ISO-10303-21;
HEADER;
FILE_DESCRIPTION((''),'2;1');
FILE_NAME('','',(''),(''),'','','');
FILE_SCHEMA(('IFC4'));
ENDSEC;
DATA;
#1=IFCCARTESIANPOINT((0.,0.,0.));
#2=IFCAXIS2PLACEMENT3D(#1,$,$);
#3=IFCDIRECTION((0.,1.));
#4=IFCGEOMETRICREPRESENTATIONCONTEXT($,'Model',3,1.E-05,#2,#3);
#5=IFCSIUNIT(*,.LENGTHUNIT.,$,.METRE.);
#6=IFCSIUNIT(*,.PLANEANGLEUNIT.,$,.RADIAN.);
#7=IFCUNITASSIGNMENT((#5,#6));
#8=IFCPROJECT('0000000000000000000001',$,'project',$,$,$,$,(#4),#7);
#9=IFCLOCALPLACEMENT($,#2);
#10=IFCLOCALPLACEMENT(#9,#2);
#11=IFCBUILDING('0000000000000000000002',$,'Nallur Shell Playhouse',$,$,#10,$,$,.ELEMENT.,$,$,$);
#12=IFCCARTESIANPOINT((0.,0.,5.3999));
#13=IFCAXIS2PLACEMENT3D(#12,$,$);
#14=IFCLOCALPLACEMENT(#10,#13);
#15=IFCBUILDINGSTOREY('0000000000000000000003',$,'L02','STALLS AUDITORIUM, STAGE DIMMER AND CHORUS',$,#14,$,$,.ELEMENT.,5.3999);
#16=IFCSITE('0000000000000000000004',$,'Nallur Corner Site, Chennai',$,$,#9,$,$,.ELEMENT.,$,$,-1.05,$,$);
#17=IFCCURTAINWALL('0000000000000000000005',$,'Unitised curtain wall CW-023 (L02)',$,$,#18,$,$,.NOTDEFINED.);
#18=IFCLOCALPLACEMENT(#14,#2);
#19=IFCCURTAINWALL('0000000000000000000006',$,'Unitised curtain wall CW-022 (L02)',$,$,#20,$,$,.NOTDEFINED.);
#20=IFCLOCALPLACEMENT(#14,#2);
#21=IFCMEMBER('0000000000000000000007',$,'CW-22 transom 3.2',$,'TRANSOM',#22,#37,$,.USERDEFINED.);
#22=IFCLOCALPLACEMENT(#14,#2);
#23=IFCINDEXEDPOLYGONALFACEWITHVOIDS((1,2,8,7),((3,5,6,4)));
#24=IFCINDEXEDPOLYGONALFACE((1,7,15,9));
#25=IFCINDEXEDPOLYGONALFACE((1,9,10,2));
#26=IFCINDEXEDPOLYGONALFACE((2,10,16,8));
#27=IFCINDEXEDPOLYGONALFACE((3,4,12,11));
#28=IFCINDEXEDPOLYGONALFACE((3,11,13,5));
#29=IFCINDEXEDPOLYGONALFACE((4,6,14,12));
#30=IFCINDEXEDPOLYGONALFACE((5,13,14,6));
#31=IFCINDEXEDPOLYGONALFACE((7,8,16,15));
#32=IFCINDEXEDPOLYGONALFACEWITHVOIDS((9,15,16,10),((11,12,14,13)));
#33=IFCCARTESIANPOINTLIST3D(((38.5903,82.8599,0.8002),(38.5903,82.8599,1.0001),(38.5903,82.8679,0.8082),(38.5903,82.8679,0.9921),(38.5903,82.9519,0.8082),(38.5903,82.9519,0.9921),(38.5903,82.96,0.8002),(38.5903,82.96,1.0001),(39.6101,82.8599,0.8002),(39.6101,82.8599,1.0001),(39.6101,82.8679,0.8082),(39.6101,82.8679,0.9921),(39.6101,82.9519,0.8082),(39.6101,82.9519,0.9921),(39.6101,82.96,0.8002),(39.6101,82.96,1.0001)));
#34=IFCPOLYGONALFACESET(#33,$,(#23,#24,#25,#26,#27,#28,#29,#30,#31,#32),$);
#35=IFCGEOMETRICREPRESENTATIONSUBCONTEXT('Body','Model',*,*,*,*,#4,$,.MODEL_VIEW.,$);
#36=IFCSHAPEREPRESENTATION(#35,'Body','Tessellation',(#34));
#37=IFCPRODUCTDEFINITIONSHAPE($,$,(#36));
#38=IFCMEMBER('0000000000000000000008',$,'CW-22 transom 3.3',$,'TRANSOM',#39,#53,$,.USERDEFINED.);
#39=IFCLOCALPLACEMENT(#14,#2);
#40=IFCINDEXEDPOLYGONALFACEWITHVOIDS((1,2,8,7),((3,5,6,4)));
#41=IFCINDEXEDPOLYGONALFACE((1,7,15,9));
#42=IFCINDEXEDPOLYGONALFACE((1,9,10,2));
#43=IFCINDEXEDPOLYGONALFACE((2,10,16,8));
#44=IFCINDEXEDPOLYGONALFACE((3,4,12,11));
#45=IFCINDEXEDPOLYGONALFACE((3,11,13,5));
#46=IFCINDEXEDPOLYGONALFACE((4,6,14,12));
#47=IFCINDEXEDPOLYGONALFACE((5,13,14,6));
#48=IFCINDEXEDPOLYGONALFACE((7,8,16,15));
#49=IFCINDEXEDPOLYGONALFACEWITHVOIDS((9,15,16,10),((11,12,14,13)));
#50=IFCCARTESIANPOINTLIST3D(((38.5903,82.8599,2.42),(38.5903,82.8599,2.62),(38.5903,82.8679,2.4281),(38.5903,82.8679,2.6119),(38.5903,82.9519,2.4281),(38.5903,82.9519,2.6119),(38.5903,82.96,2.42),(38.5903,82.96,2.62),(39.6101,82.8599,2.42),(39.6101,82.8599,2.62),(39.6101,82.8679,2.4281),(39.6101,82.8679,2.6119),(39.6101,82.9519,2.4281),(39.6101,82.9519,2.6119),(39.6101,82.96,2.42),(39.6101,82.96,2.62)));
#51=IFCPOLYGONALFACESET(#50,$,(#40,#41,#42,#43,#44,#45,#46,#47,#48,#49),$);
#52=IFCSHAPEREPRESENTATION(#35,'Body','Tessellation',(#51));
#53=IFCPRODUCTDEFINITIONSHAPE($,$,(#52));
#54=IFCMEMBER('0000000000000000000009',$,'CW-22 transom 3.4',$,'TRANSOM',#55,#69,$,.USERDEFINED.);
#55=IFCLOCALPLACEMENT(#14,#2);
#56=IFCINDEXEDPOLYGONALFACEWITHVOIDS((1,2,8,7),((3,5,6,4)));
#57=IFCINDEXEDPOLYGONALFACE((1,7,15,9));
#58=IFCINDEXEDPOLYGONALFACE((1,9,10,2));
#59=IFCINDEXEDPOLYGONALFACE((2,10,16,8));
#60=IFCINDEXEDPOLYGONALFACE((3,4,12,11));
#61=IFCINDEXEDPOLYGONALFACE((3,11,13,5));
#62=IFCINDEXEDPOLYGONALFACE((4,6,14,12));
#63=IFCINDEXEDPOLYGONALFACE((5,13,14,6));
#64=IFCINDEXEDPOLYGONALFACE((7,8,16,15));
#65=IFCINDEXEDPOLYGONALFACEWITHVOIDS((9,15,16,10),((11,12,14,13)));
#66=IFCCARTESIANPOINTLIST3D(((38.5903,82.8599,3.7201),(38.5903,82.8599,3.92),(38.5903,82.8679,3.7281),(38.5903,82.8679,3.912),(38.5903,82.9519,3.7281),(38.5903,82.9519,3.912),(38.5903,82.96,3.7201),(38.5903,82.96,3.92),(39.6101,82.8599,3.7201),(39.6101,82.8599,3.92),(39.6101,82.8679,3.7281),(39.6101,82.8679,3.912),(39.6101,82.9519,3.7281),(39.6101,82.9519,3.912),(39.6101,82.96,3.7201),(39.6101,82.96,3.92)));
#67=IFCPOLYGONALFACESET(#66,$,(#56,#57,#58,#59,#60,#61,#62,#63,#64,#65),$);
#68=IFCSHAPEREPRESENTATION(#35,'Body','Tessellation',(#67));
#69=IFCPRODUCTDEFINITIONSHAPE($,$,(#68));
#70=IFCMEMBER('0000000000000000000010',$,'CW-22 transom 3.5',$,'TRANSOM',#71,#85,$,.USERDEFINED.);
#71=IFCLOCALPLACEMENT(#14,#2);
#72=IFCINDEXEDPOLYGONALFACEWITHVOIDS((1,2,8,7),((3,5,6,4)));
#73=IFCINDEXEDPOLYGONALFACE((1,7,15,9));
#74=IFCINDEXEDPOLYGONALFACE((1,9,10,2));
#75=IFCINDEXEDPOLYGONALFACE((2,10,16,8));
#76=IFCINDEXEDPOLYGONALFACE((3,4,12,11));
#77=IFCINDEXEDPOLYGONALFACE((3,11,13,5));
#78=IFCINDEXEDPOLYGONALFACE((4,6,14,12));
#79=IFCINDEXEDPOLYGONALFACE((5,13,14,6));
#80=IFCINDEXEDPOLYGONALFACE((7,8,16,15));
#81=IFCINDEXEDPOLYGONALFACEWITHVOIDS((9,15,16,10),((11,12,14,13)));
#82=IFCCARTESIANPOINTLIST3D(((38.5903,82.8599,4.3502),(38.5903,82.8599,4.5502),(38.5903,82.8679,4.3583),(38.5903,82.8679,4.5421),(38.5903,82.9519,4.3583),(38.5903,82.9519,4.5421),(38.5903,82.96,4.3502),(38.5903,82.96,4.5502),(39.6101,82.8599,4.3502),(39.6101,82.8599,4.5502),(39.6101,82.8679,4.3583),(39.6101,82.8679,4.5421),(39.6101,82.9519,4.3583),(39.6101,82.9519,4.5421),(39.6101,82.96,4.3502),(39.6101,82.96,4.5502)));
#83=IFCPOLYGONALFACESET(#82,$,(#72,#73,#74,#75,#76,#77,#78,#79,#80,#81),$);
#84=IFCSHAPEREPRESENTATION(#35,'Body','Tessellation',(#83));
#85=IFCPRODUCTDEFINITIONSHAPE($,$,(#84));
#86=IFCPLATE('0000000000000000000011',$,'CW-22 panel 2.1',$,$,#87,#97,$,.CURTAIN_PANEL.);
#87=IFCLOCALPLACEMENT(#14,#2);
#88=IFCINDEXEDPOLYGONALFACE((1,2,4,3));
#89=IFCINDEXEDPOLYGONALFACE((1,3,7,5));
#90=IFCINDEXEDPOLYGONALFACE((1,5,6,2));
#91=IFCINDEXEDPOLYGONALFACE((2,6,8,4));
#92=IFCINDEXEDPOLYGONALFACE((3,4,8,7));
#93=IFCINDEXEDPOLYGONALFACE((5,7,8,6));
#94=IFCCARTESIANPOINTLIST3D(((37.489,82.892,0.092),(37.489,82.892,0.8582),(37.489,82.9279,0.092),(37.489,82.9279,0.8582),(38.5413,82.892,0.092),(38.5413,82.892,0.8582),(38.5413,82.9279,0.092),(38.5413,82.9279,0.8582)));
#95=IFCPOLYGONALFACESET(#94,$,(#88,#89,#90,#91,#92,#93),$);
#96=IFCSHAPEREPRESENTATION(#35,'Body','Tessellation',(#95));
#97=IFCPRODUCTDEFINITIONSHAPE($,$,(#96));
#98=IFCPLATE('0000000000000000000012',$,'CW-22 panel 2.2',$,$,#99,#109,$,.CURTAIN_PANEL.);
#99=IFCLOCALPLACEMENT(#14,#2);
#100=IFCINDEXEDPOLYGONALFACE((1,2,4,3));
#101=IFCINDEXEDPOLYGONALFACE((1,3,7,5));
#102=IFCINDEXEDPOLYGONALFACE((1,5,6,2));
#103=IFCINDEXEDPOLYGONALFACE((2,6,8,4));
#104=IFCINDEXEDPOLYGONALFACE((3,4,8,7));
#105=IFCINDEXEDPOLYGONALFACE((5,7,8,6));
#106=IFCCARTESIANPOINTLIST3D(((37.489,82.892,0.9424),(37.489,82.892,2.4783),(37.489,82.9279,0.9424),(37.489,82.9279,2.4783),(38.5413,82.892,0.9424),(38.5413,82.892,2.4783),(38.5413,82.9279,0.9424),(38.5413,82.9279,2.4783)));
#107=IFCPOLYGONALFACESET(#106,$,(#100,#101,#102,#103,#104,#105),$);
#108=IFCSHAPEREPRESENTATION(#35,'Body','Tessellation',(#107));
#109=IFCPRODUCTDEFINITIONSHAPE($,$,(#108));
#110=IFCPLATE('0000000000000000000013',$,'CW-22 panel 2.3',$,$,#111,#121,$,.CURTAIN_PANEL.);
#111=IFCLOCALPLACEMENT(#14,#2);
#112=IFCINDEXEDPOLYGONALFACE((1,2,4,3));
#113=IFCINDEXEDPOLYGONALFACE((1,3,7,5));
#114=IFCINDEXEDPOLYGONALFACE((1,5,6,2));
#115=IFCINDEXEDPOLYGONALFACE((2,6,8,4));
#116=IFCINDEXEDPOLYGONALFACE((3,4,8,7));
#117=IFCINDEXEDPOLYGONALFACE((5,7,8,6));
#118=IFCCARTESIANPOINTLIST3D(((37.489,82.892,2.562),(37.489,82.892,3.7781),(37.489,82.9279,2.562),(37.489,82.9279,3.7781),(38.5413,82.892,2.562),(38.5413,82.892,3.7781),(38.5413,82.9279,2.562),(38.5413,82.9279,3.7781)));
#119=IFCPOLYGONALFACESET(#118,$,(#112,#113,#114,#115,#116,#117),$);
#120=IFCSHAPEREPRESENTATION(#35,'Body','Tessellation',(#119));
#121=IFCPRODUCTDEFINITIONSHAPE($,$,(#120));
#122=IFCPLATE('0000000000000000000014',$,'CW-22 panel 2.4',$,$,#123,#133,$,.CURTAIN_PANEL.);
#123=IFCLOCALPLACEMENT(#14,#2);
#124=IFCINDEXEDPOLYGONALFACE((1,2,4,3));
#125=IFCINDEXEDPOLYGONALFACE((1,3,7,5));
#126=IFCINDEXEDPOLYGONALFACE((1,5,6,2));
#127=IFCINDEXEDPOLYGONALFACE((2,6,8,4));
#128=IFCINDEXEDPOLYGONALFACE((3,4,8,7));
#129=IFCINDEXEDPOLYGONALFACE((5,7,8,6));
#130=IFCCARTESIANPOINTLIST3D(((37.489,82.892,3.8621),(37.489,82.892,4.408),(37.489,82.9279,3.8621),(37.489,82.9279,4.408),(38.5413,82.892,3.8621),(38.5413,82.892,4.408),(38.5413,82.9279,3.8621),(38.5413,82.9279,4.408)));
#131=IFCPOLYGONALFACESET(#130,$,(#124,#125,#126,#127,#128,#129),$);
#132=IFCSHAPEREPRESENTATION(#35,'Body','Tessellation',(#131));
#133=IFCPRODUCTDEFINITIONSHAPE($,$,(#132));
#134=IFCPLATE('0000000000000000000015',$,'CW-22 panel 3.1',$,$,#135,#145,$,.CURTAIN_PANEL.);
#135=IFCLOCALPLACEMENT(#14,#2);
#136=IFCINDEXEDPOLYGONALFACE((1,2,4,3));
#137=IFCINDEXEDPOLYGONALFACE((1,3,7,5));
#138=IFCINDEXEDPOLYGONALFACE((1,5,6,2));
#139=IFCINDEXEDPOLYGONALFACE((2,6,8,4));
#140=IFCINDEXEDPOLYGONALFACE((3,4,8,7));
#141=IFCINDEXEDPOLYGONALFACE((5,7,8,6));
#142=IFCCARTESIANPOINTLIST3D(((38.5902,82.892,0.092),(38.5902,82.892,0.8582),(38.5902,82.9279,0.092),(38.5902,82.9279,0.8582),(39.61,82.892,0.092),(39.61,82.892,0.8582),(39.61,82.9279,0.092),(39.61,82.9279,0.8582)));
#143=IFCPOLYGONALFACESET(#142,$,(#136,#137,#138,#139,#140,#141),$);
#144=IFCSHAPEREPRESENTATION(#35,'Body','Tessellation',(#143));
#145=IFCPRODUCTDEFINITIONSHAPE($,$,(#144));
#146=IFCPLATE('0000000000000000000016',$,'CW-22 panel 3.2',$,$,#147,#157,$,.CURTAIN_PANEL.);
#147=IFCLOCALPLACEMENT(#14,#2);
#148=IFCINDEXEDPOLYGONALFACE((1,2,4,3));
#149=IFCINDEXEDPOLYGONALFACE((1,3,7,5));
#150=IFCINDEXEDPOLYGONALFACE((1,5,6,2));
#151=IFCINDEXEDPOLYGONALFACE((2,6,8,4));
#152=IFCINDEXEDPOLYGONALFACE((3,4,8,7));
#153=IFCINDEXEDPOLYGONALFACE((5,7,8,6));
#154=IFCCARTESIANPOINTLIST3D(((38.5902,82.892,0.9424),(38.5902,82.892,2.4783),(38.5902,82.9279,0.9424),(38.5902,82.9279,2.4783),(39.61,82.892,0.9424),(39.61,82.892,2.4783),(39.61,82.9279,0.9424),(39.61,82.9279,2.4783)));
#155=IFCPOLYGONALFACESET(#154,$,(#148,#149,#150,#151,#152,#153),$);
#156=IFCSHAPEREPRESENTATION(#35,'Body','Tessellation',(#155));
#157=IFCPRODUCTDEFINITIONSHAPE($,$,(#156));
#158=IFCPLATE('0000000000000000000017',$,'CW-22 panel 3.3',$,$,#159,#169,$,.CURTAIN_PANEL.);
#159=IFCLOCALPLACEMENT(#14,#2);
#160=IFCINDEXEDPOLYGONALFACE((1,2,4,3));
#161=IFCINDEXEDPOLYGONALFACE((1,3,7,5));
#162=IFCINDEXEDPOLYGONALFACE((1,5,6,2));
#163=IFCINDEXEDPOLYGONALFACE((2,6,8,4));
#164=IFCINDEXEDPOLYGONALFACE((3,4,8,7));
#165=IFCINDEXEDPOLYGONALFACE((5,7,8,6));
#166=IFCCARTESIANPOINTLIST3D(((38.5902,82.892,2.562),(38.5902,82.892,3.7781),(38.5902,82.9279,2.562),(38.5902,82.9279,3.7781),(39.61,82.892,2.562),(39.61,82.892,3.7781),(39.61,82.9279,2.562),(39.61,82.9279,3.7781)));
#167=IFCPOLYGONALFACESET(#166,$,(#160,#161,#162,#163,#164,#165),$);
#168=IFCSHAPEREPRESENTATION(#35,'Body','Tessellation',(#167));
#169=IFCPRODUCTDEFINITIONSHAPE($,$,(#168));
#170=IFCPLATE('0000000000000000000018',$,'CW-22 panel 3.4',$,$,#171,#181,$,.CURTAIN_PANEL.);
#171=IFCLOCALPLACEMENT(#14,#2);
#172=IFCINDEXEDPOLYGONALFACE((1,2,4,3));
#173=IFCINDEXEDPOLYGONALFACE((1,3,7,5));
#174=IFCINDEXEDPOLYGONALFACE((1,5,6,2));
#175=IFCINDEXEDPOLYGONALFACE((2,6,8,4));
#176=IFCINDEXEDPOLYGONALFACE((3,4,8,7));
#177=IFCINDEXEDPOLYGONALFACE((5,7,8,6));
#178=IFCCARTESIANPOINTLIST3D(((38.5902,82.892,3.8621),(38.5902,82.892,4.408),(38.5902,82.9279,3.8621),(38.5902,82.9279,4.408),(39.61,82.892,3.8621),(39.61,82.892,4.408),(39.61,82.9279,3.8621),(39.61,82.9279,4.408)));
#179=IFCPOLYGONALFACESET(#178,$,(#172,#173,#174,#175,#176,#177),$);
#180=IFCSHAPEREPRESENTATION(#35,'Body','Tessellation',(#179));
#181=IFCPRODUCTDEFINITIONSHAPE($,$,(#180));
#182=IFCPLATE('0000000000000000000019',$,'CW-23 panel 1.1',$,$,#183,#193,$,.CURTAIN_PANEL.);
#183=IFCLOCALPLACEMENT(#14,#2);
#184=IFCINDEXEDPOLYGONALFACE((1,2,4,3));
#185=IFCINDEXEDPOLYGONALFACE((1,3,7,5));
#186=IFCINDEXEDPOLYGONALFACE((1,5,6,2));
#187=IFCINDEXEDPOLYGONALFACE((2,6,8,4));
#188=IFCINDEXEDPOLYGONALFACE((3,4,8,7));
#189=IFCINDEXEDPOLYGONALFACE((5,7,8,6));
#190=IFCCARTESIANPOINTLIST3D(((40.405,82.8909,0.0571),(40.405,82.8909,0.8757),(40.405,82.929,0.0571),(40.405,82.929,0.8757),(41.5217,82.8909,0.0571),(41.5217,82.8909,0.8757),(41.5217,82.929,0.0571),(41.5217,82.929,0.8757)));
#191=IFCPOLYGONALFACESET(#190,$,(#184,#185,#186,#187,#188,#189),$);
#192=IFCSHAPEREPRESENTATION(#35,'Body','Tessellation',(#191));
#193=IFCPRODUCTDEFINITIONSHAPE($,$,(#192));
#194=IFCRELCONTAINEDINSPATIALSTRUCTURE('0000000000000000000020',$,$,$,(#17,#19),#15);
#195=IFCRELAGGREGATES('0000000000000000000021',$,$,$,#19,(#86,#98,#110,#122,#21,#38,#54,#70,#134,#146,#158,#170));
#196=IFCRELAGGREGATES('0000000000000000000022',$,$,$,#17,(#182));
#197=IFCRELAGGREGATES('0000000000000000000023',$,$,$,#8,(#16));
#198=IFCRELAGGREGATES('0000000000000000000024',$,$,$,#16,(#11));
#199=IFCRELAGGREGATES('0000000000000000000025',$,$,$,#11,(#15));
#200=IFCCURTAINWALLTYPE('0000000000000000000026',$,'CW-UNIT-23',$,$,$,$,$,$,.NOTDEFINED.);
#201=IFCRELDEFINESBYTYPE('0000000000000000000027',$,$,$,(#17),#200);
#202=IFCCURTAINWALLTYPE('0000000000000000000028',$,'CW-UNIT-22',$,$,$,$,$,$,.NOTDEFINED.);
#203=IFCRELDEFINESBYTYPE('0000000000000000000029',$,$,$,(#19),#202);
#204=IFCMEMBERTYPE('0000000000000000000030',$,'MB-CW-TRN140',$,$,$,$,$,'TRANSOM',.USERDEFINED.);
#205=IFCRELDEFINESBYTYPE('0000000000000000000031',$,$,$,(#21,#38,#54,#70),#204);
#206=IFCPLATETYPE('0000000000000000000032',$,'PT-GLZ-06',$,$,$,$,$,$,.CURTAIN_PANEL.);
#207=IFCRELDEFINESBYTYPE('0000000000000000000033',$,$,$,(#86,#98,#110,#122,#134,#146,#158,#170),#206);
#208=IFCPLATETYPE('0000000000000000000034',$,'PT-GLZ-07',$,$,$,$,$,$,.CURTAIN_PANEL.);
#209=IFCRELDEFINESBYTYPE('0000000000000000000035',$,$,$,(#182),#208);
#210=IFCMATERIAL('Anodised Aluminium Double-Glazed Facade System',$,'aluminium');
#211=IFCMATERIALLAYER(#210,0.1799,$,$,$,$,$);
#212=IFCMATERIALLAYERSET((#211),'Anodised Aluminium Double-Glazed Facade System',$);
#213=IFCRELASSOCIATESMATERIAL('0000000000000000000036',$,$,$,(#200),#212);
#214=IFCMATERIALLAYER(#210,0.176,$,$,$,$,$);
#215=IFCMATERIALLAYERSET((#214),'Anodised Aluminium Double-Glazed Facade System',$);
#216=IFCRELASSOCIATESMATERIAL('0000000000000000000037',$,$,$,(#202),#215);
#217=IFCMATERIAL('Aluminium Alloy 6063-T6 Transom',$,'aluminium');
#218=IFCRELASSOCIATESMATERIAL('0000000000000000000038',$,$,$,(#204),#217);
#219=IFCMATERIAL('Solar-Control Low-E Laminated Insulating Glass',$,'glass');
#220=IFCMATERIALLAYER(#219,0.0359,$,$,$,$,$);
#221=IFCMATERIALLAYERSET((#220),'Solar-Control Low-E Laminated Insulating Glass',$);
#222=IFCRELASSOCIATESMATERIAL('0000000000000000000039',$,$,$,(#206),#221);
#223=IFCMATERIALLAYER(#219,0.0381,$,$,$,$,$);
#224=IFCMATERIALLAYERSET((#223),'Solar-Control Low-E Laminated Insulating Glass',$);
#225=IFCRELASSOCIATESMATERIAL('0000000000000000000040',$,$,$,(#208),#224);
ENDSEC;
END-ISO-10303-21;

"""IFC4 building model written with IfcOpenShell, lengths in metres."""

from ifc_helpers import new_model, si_unit, direction, frame, origin, origin_2d, place, context, subcontext, project, spatial, rectangle, hollow_rectangle, extrude, material, layer, layer_set, material_profile, profile_set, type_object, element, aggregate, save


model = new_model("IFC4")

# Units and contexts
model_context = context("Model", 3, precision=1e-05, world=origin(), true_north=direction((0.0, 1.0)))
body_context = subcontext(model_context, "Body", "Model", "MODEL_VIEW")
ifc_project = project(units=[si_unit("LENGTHUNIT", "METRE"), si_unit("PLANEANGLEUNIT", "RADIAN")], contexts=[model_context])

# Site, building, storey
site_placement = place(None, origin())
site = spatial("IfcSite", under=ifc_project, at=site_placement, Name="Nallur Corner Site, Chennai", CompositionType="ELEMENT", RefElevation=-1.05)
building_placement = place(site_placement, origin())
building = spatial("IfcBuilding", under=site, at=building_placement, Name="Nallur Shell Playhouse", CompositionType="ELEMENT")
storey_placement = place(building_placement, frame((0.0, 0.0, 5.3999)))
storey = spatial("IfcBuildingStorey", under=building, at=storey_placement, Name="L02", Description="STALLS AUDITORIUM, STAGE DIMMER AND CHORUS", CompositionType="ELEMENT", Elevation=5.3999)

# Curtain walls
ifc_material_1 = material(Name="Anodised Aluminium Double-Glazed Facade System", Category="aluminium")
ifc_layer_1 = layer(ifc_material_1, 0.1799)
ifc_layer_set_1 = layer_set([ifc_layer_1], Name="Anodised Aluminium Double-Glazed Facade System")
curtain_wall_type_1 = type_object("IfcCurtainWallType", Name="CW-UNIT-23", PredefinedType="NOTDEFINED", material=ifc_layer_set_1)
curtain_wall_1_placement = place(storey_placement, origin())
curtain_wall_1 = element("IfcCurtainWall", 1, at=curtain_wall_1_placement, inside=storey, type_object=curtain_wall_type_1, Name="Unitised curtain wall CW-023 (L02)", PredefinedType="NOTDEFINED")
ifc_layer_2 = layer(ifc_material_1, 0.176)
ifc_layer_set_2 = layer_set([ifc_layer_2], Name="Anodised Aluminium Double-Glazed Facade System")
curtain_wall_type_2 = type_object("IfcCurtainWallType", Name="CW-UNIT-22", PredefinedType="NOTDEFINED", material=ifc_layer_set_2)
curtain_wall_2_placement = place(storey_placement, origin())
curtain_wall_2 = element("IfcCurtainWall", 2, at=curtain_wall_2_placement, inside=storey, type_object=curtain_wall_type_2, Name="Unitised curtain wall CW-022 (L02)", PredefinedType="NOTDEFINED")

# Members
ifc_material_2 = material(Name="Aluminium Alloy 6063-T6 Transom", Category="aluminium")
ifc_material_profile_1 = material_profile(ifc_material_2, hollow_rectangle(XDim=0.1001, YDim=0.2, WallThickness=0.0081, at=origin_2d()), Name="RHS 200x100x8")
ifc_profile_set_1 = profile_set([ifc_material_profile_1], Name="Aluminium Alloy 6063-T6 Transom")
member_type_1 = type_object("IfcMemberType", Name="MB-CW-TRN140", ElementType="TRANSOM", PredefinedType="USERDEFINED", material=ifc_profile_set_1)
member_1_placement = place(storey_placement, frame((38.5903, 82.9099, 0.9001), z_axis=(1.0, 0.0, 0.0), x_axis=(0.0, 1.0, 0.0)))
member_1 = element("IfcMember", 3, at=member_1_placement, type_object=member_type_1, Name="CW-22 transom 3.2", ObjectType="TRANSOM", PredefinedType="USERDEFINED", context=body_context, shape_type="SweptSolid", body=[
    extrude(hollow_rectangle(XDim=0.1001, YDim=0.2, WallThickness=0.0081, at=origin_2d()), origin(), (0.0, 0.0, 1.0), 1.0198),
])
member_2_placement = place(storey_placement, frame((38.5903, 82.9099, 2.52), z_axis=(1.0, 0.0, 0.0), x_axis=(0.0, 1.0, 0.0)))
member_2 = element("IfcMember", 4, at=member_2_placement, type_object=member_type_1, Name="CW-22 transom 3.3", ObjectType="TRANSOM", PredefinedType="USERDEFINED", context=body_context, shape_type="SweptSolid", body=[
    extrude(hollow_rectangle(XDim=0.1001, YDim=0.2, WallThickness=0.0081, at=origin_2d()), origin(), (0.0, 0.0, 1.0), 1.0198),
])
member_3_placement = place(storey_placement, frame((38.5903, 82.9099, 3.8201), z_axis=(1.0, 0.0, 0.0), x_axis=(0.0, 1.0, 0.0)))
member_3 = element("IfcMember", 5, at=member_3_placement, type_object=member_type_1, Name="CW-22 transom 3.4", ObjectType="TRANSOM", PredefinedType="USERDEFINED", context=body_context, shape_type="SweptSolid", body=[
    extrude(hollow_rectangle(XDim=0.1001, YDim=0.2, WallThickness=0.0081, at=origin_2d()), origin(), (0.0, 0.0, 1.0), 1.0198),
])
member_4_placement = place(storey_placement, frame((38.5903, 82.9099, 4.4502), z_axis=(1.0, 0.0, 0.0), x_axis=(0.0, 1.0, 0.0)))
member_4 = element("IfcMember", 6, at=member_4_placement, type_object=member_type_1, Name="CW-22 transom 3.5", ObjectType="TRANSOM", PredefinedType="USERDEFINED", context=body_context, shape_type="SweptSolid", body=[
    extrude(hollow_rectangle(XDim=0.1001, YDim=0.2, WallThickness=0.0081, at=origin_2d()), origin(), (0.0, 0.0, 1.0), 1.0198),
])

# Plates
ifc_material_3 = material(Name="Solar-Control Low-E Laminated Insulating Glass", Category="glass")
ifc_layer_3 = layer(ifc_material_3, 0.0359)
ifc_layer_set_3 = layer_set([ifc_layer_3], Name="Solar-Control Low-E Laminated Insulating Glass")
plate_type_1 = type_object("IfcPlateType", Name="PT-GLZ-06", PredefinedType="CURTAIN_PANEL", material=ifc_layer_set_3)
plate_1_placement = place(storey_placement, frame((38.0151, 82.9099, 0.092), z_axis=(0.0, 0.0, 1.0), x_axis=(1.0, 0.0, 0.0)))
plate_1 = element("IfcPlate", 7, at=plate_1_placement, type_object=plate_type_1, Name="CW-22 panel 2.1", PredefinedType="CURTAIN_PANEL", context=body_context, shape_type="SweptSolid", body=[
    extrude(rectangle(XDim=1.0522, YDim=0.0359, at=origin_2d()), origin(), (0.0, 0.0, 1.0), 0.7661),
])
plate_2_placement = place(storey_placement, frame((38.0151, 82.9099, 0.9424), z_axis=(0.0, 0.0, 1.0), x_axis=(1.0, 0.0, 0.0)))
plate_2 = element("IfcPlate", 8, at=plate_2_placement, type_object=plate_type_1, Name="CW-22 panel 2.2", PredefinedType="CURTAIN_PANEL", context=body_context, shape_type="SweptSolid", body=[
    extrude(rectangle(XDim=1.0522, YDim=0.0359, at=origin_2d()), origin(), (0.0, 0.0, 1.0), 1.5359),
])
plate_3_placement = place(storey_placement, frame((38.0151, 82.9099, 2.562), z_axis=(0.0, 0.0, 1.0), x_axis=(1.0, 0.0, 0.0)))
plate_3 = element("IfcPlate", 9, at=plate_3_placement, type_object=plate_type_1, Name="CW-22 panel 2.3", PredefinedType="CURTAIN_PANEL", context=body_context, shape_type="SweptSolid", body=[
    extrude(rectangle(XDim=1.0522, YDim=0.0359, at=origin_2d()), origin(), (0.0, 0.0, 1.0), 1.2161),
])
plate_4_placement = place(storey_placement, frame((38.0151, 82.9099, 3.8621), z_axis=(0.0, 0.0, 1.0), x_axis=(1.0, 0.0, 0.0)))
plate_4 = element("IfcPlate", 10, at=plate_4_placement, type_object=plate_type_1, Name="CW-22 panel 2.4", PredefinedType="CURTAIN_PANEL", context=body_context, shape_type="SweptSolid", body=[
    extrude(rectangle(XDim=1.0522, YDim=0.0359, at=origin_2d()), origin(), (0.0, 0.0, 1.0), 0.5459),
])
plate_5_placement = place(storey_placement, frame((39.1001, 82.9099, 0.092), z_axis=(0.0, 0.0, 1.0), x_axis=(1.0, 0.0, 0.0)))
plate_5 = element("IfcPlate", 11, at=plate_5_placement, type_object=plate_type_1, Name="CW-22 panel 3.1", PredefinedType="CURTAIN_PANEL", context=body_context, shape_type="SweptSolid", body=[
    extrude(rectangle(XDim=1.0198, YDim=0.0359, at=origin_2d()), origin(), (0.0, 0.0, 1.0), 0.7661),
])
plate_6_placement = place(storey_placement, frame((39.1001, 82.9099, 0.9424), z_axis=(0.0, 0.0, 1.0), x_axis=(1.0, 0.0, 0.0)))
plate_6 = element("IfcPlate", 12, at=plate_6_placement, type_object=plate_type_1, Name="CW-22 panel 3.2", PredefinedType="CURTAIN_PANEL", context=body_context, shape_type="SweptSolid", body=[
    extrude(rectangle(XDim=1.0198, YDim=0.0359, at=origin_2d()), origin(), (0.0, 0.0, 1.0), 1.5359),
])
plate_7_placement = place(storey_placement, frame((39.1001, 82.9099, 2.562), z_axis=(0.0, 0.0, 1.0), x_axis=(1.0, 0.0, 0.0)))
plate_7 = element("IfcPlate", 13, at=plate_7_placement, type_object=plate_type_1, Name="CW-22 panel 3.3", PredefinedType="CURTAIN_PANEL", context=body_context, shape_type="SweptSolid", body=[
    extrude(rectangle(XDim=1.0198, YDim=0.0359, at=origin_2d()), origin(), (0.0, 0.0, 1.0), 1.2161),
])
plate_8_placement = place(storey_placement, frame((39.1001, 82.9099, 3.8621), z_axis=(0.0, 0.0, 1.0), x_axis=(1.0, 0.0, 0.0)))
plate_8 = element("IfcPlate", 14, at=plate_8_placement, type_object=plate_type_1, Name="CW-22 panel 3.4", PredefinedType="CURTAIN_PANEL", context=body_context, shape_type="SweptSolid", body=[
    extrude(rectangle(XDim=1.0198, YDim=0.0359, at=origin_2d()), origin(), (0.0, 0.0, 1.0), 0.5459),
])
aggregate(curtain_wall_2, [plate_1, plate_2, plate_3, plate_4, member_1, member_2, member_3, member_4, plate_5, plate_6, plate_7, plate_8])
ifc_layer_4 = layer(ifc_material_3, 0.0381)
ifc_layer_set_4 = layer_set([ifc_layer_4], Name="Solar-Control Low-E Laminated Insulating Glass")
plate_type_2 = type_object("IfcPlateType", Name="PT-GLZ-07", PredefinedType="CURTAIN_PANEL", material=ifc_layer_set_4)
plate_9_placement = place(storey_placement, frame((40.9634, 82.9099, 0.0571), z_axis=(0.0, 0.0, 1.0), x_axis=(1.0, 0.0, 0.0)))
plate_9 = element("IfcPlate", 15, at=plate_9_placement, type_object=plate_type_2, Name="CW-23 panel 1.1", PredefinedType="CURTAIN_PANEL", context=body_context, shape_type="SweptSolid", body=[
    extrude(rectangle(XDim=1.1167, YDim=0.0381, at=origin_2d()), origin(), (0.0, 0.0, 1.0), 0.8186),
])
aggregate(curtain_wall_1, [plate_9])

save(model, "model.ifc")
